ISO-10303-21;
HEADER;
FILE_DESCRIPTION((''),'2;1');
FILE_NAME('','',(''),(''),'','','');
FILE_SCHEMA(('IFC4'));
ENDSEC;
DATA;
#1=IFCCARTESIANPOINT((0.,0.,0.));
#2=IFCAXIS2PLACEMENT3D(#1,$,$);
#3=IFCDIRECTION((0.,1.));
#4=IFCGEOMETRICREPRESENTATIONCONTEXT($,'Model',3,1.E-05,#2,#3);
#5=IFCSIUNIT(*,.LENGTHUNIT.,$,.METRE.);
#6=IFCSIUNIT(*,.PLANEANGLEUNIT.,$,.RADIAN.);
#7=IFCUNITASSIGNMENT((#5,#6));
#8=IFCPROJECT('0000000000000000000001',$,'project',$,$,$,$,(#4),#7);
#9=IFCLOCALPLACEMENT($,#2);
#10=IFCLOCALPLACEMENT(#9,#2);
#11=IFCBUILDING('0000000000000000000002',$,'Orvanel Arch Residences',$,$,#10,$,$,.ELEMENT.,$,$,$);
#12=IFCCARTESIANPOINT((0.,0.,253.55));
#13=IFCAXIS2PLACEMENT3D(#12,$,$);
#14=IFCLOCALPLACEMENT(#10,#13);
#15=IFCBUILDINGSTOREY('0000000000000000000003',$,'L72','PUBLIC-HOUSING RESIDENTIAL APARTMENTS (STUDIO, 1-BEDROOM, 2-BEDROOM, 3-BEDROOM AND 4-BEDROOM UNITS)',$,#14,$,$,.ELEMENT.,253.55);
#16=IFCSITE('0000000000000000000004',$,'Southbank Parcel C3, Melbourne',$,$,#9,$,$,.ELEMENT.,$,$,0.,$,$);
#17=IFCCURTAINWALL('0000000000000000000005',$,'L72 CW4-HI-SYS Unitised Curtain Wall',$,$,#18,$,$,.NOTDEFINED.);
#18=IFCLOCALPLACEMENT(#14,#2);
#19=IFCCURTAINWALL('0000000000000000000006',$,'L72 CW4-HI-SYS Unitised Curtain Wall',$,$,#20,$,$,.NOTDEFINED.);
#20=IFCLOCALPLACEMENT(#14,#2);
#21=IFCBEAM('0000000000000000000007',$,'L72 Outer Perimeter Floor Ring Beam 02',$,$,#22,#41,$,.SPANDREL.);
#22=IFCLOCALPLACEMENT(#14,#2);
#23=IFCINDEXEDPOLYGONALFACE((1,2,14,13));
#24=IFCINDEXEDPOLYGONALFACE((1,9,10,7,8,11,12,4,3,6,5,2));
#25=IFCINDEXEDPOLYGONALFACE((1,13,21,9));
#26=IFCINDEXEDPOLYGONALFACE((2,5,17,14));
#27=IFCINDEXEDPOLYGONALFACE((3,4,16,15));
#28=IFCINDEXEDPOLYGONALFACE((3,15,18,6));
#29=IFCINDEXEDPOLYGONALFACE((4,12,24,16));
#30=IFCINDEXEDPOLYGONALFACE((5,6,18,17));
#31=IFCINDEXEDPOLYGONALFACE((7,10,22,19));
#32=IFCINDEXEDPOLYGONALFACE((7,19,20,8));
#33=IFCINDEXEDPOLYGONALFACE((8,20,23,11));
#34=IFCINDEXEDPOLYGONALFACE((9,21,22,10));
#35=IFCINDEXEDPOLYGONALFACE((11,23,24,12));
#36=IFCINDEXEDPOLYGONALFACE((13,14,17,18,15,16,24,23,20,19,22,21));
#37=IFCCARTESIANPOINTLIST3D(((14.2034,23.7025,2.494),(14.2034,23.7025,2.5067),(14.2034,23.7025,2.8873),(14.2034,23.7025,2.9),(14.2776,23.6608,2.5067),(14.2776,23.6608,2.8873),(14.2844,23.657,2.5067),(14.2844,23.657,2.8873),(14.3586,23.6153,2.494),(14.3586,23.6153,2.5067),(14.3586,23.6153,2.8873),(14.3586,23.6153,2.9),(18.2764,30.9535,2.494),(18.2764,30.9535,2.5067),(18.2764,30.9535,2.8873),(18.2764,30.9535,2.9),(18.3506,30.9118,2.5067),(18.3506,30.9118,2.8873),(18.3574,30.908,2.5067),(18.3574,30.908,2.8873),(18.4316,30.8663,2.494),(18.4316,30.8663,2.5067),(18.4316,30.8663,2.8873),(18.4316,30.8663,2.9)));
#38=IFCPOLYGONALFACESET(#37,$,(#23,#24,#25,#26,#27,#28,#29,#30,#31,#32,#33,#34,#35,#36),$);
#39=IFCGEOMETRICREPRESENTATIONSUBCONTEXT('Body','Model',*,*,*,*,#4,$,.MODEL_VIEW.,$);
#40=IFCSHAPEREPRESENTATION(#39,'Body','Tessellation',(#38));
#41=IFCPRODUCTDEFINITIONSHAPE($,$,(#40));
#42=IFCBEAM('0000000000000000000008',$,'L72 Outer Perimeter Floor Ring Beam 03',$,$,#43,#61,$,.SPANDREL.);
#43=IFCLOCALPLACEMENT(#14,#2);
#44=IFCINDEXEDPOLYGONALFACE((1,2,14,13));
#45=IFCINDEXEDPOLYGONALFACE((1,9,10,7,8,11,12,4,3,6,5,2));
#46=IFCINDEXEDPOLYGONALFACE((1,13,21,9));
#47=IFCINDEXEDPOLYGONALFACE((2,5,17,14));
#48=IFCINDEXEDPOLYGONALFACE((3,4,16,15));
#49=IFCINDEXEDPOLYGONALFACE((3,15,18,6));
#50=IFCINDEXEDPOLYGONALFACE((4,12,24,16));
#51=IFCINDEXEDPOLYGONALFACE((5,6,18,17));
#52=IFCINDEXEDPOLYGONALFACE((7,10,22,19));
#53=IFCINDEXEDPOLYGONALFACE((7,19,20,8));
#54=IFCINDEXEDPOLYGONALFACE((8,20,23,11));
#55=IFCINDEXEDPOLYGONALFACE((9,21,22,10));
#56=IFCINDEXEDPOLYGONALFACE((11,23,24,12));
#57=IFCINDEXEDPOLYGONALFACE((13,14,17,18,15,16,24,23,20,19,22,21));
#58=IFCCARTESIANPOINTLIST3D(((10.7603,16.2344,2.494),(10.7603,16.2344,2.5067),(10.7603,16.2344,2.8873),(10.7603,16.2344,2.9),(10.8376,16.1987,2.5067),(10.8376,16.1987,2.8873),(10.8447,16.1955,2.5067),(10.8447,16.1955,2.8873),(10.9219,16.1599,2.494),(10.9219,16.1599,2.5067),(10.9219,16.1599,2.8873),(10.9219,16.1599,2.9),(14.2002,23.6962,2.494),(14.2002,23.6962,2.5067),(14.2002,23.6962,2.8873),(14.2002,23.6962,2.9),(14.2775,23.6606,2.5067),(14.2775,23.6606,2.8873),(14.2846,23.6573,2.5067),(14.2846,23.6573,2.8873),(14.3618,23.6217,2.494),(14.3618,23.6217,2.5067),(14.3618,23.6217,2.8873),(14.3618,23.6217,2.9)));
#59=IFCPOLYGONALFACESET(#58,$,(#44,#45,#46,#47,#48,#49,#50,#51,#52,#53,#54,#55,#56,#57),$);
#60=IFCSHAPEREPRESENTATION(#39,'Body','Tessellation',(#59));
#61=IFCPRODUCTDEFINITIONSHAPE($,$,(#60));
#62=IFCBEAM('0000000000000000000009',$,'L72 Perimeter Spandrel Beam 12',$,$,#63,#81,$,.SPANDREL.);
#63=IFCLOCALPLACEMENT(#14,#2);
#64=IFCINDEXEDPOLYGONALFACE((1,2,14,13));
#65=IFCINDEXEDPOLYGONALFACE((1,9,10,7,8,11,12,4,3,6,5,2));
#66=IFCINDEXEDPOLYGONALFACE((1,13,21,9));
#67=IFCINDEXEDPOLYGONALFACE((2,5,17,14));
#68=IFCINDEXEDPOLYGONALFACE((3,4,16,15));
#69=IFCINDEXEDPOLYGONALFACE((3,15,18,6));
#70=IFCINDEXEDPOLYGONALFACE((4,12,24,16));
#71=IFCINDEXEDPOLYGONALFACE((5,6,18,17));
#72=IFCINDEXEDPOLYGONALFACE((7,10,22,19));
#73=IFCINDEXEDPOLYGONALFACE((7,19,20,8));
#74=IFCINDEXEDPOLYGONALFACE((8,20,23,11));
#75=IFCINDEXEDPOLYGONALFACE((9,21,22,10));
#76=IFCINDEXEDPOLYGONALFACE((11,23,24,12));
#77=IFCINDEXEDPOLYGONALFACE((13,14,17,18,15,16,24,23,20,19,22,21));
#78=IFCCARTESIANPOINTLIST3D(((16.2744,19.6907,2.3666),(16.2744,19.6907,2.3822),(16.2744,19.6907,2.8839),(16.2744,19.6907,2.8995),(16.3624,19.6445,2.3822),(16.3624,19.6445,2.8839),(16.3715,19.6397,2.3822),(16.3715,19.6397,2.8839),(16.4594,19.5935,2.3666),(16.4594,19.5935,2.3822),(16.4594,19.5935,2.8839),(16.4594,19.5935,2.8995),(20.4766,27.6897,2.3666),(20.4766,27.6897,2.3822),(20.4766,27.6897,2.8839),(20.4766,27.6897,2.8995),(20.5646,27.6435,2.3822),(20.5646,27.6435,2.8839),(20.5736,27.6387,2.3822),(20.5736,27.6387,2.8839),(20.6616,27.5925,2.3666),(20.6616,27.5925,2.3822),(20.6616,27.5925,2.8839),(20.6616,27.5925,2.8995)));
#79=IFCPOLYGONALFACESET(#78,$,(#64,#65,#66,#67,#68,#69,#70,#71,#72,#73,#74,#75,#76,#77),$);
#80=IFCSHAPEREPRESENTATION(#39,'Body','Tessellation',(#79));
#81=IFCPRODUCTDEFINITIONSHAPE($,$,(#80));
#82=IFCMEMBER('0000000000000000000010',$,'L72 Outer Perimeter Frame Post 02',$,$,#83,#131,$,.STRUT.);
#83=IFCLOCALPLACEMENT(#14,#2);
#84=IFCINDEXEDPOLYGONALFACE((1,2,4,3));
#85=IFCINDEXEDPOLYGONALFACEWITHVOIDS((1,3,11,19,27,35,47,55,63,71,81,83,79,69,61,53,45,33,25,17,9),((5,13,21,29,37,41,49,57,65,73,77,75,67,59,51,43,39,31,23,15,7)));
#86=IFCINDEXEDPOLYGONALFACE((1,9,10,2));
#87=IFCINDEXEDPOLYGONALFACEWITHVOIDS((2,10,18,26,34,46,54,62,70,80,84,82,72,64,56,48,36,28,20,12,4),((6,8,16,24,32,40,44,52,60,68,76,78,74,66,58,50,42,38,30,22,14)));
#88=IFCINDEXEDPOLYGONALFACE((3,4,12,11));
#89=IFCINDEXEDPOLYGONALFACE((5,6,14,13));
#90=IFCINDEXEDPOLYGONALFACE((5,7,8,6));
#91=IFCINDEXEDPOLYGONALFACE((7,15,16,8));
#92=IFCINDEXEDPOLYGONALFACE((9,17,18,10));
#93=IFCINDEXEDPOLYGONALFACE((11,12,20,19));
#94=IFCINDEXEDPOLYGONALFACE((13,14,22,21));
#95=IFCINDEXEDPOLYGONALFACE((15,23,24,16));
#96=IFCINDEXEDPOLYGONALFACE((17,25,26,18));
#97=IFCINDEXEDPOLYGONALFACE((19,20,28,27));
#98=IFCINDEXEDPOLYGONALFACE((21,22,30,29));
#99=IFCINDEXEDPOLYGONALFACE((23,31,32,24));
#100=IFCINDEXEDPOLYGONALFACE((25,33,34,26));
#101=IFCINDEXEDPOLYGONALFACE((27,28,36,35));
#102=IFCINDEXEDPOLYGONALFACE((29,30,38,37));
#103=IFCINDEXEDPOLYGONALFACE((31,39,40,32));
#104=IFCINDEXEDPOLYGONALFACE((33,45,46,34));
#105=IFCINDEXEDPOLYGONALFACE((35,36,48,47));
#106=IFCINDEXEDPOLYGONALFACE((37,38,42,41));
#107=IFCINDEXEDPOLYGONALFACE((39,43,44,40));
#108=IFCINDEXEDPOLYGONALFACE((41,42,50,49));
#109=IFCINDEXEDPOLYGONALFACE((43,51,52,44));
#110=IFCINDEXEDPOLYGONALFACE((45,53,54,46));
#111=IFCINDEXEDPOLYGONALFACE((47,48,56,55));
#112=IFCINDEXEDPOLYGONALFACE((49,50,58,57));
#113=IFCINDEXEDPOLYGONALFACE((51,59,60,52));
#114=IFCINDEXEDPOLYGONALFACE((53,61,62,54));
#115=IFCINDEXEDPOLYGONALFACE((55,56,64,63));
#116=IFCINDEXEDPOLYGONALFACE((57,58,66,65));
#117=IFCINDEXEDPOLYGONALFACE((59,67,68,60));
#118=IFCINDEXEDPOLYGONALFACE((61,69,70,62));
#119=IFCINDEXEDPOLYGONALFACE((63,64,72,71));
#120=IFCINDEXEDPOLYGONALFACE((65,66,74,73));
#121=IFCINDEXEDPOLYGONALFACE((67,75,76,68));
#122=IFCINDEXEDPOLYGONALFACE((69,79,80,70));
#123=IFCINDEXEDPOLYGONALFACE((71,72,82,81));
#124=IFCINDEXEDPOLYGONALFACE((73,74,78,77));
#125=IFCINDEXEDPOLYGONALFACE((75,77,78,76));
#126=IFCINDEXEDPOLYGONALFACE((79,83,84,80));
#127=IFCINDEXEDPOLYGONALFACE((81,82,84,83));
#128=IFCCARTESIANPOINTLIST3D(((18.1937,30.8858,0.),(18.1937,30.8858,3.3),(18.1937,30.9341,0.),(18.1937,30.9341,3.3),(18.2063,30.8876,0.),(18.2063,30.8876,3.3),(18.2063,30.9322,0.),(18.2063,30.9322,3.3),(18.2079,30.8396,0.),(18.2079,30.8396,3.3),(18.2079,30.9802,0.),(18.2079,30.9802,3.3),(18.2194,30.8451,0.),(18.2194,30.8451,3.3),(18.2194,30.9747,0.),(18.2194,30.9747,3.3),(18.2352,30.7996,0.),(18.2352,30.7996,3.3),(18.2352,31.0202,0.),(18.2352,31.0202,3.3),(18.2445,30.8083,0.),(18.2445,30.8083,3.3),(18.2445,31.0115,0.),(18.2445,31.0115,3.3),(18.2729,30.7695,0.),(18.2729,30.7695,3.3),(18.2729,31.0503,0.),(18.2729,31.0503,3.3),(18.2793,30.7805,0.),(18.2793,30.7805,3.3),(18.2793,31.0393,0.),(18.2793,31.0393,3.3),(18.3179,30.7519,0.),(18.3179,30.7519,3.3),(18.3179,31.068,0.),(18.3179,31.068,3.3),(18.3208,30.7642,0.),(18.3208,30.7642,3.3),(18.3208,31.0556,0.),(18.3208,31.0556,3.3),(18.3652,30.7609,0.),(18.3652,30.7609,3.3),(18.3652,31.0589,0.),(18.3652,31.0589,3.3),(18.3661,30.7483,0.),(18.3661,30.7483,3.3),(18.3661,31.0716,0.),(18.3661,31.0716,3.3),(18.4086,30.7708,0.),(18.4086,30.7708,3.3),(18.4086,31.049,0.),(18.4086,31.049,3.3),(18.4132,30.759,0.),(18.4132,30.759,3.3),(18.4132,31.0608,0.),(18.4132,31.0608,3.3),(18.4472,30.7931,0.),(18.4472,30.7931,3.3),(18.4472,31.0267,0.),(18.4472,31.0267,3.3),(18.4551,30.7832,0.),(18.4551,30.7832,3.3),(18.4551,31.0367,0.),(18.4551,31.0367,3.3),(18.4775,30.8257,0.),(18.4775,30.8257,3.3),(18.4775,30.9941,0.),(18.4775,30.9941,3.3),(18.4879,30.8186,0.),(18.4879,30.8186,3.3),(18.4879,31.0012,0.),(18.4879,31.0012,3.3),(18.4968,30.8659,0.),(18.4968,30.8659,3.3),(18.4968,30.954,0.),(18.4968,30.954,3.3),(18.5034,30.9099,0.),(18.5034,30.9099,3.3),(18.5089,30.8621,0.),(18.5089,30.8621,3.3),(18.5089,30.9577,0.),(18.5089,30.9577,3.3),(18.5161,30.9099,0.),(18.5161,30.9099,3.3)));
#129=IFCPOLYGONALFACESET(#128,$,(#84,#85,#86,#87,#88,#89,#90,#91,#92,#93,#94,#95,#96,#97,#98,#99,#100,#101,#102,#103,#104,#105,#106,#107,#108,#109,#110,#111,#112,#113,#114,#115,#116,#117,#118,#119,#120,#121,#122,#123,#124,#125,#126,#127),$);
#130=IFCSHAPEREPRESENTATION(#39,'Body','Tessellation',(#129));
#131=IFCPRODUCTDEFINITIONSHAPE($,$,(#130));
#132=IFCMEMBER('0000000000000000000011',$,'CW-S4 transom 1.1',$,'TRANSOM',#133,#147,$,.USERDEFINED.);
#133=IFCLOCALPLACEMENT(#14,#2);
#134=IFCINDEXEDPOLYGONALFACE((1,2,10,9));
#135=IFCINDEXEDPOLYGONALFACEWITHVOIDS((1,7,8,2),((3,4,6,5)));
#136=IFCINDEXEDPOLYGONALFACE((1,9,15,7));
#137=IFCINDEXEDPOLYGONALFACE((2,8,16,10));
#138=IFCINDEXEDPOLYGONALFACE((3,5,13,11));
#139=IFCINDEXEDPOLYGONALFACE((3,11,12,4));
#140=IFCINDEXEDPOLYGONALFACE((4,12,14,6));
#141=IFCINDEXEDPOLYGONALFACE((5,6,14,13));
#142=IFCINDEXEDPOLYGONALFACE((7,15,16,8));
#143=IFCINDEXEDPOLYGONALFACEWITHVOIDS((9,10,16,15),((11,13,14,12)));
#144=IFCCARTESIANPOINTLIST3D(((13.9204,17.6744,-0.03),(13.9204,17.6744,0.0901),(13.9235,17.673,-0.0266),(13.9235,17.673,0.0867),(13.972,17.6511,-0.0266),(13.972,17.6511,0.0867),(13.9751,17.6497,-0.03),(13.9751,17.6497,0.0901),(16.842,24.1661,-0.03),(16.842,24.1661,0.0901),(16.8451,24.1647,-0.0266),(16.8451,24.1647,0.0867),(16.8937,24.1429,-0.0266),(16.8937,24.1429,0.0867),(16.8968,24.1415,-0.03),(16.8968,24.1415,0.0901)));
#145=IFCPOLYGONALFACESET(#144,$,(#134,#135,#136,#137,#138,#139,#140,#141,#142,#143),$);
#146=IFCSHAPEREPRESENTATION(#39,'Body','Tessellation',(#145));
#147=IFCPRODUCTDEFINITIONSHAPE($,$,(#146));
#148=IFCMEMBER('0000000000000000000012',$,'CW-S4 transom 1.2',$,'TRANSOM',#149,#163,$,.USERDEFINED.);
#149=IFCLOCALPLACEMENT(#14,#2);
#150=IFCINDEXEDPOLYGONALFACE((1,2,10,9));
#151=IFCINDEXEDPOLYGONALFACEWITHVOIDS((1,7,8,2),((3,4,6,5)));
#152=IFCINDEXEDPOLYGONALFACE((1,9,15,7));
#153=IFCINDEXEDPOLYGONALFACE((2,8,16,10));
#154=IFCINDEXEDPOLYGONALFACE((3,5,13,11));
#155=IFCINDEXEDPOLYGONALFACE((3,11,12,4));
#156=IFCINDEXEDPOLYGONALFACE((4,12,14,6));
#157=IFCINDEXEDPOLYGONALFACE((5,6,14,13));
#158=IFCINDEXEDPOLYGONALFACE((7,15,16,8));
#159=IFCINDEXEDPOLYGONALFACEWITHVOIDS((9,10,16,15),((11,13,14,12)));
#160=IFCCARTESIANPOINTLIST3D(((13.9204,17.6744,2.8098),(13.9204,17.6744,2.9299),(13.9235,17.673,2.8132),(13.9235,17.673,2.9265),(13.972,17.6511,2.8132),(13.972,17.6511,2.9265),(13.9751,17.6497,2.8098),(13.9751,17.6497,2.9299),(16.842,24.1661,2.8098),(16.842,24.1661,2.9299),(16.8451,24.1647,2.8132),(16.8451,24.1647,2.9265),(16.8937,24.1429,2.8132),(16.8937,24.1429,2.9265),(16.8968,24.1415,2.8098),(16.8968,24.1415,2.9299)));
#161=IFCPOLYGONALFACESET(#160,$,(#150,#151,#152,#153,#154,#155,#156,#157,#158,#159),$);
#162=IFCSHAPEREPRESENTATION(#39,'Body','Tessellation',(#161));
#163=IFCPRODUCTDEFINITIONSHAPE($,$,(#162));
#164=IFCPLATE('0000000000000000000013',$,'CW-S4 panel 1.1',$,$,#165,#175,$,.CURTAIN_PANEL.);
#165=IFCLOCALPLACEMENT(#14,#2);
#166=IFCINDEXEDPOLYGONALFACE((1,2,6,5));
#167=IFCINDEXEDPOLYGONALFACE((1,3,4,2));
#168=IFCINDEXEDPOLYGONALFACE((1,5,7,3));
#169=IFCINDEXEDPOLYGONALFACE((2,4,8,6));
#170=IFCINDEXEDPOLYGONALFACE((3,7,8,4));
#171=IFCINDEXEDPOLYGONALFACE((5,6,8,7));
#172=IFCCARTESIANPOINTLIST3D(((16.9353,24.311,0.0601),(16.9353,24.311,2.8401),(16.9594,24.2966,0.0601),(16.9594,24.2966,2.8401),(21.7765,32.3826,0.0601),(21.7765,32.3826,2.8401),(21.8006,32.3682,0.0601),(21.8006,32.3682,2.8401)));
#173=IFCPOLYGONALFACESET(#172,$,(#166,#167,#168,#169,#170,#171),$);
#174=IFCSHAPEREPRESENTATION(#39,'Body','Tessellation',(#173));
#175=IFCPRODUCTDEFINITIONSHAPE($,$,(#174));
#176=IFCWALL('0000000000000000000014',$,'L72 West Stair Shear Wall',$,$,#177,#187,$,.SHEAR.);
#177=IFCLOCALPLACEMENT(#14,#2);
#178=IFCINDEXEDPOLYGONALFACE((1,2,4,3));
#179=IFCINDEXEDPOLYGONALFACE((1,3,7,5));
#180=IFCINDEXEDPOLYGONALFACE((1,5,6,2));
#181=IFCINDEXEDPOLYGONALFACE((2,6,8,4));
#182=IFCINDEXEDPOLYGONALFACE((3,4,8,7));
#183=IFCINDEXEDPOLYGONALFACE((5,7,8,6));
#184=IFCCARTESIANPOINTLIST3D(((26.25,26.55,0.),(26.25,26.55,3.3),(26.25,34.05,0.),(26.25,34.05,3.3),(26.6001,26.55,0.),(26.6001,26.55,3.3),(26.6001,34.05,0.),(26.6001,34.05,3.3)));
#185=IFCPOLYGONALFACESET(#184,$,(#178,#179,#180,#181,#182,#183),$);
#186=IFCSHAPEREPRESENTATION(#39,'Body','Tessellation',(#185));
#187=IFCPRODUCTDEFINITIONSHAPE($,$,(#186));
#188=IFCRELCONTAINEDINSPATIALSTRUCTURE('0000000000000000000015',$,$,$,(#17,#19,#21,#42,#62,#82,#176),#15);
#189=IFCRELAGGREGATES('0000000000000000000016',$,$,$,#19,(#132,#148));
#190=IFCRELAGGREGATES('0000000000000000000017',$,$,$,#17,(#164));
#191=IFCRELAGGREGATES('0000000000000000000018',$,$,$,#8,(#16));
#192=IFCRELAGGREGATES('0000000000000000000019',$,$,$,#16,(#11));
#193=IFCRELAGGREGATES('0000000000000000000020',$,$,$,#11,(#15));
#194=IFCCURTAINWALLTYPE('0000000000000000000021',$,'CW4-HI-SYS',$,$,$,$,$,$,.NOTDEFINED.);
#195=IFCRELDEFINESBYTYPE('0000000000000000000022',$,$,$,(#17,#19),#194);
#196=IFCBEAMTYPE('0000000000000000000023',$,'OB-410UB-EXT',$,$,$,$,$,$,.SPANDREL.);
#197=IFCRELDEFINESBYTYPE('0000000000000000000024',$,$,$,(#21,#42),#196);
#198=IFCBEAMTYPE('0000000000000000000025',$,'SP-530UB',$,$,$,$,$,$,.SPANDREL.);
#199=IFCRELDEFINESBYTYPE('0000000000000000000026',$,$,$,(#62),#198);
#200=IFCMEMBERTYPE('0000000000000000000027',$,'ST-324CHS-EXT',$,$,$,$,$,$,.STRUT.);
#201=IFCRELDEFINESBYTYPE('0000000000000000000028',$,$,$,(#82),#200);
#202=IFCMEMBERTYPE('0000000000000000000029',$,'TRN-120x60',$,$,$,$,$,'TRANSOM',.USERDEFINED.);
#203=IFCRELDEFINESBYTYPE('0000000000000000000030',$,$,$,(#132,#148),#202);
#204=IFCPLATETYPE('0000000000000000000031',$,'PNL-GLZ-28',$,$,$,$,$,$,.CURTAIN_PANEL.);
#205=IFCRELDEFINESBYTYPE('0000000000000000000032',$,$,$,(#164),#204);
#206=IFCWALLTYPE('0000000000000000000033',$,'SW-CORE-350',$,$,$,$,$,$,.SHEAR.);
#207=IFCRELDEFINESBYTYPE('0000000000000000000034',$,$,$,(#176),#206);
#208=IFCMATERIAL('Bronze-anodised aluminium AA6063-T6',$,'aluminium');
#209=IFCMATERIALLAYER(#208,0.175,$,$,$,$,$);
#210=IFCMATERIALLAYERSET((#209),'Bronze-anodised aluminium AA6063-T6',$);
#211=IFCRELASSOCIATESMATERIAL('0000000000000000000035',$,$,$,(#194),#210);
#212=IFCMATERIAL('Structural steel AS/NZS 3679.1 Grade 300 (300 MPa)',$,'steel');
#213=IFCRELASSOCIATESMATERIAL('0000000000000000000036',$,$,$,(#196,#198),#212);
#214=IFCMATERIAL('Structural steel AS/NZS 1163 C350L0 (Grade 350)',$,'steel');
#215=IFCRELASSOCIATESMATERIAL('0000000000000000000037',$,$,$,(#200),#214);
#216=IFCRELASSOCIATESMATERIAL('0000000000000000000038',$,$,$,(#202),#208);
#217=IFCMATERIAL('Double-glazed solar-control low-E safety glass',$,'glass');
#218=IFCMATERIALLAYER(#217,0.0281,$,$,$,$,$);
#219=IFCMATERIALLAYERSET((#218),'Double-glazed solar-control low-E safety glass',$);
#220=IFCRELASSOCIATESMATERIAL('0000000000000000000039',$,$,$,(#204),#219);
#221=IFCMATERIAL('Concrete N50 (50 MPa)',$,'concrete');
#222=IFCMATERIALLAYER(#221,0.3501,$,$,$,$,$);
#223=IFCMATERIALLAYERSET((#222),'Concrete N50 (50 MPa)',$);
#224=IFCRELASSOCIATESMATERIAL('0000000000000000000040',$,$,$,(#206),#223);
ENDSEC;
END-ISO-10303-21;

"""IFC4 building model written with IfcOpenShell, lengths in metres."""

from ifc_helpers import new_model, si_unit, direction, frame, frame_2d, origin, origin_2d, place, context, subcontext, project, spatial, rectangle, hollow_rectangle, hollow_circle, i_section, extrude, material, layer, layer_set, material_profile, profile_set, type_object, element, aggregate, save


model = new_model("IFC4")

# Units and contexts
model_context = context("Model", 3, precision=1e-05, world=origin(), true_north=direction((0.0, 1.0)))
body_context = subcontext(model_context, "Body", "Model", "MODEL_VIEW")
ifc_project = project(units=[si_unit("LENGTHUNIT", "METRE"), si_unit("PLANEANGLEUNIT", "RADIAN")], contexts=[model_context])

# Site, building, storey
site_placement = place(None, origin())
site = spatial("IfcSite", under=ifc_project, at=site_placement, Name="Southbank Parcel C3, Melbourne", CompositionType="ELEMENT", RefElevation=0.0)
building_placement = place(site_placement, origin())
building = spatial("IfcBuilding", under=site, at=building_placement, Name="Orvanel Arch Residences", CompositionType="ELEMENT")
storey_placement = place(building_placement, frame((0.0, 0.0, 253.55)))
storey = spatial("IfcBuildingStorey", under=building, at=storey_placement, Name="L72", Description="PUBLIC-HOUSING RESIDENTIAL APARTMENTS (STUDIO, 1-BEDROOM, 2-BEDROOM, 3-BEDROOM AND 4-BEDROOM UNITS)", CompositionType="ELEMENT", Elevation=253.55)

# Shared definitions
ifc_material_1 = material(Name="Structural steel AS/NZS 1163 C350L0 (Grade 350)", Category="steel")

# Shared definitions
ifc_material_2 = material(Name="Structural steel AS/NZS 3679.1 Grade 300 (300 MPa)", Category="steel")

# Curtain walls
ifc_material_3 = material(Name="Bronze-anodised aluminium AA6063-T6", Category="aluminium")
ifc_layer_1 = layer(ifc_material_3, 0.175)
ifc_layer_set_1 = layer_set([ifc_layer_1], Name="Bronze-anodised aluminium AA6063-T6")
curtain_wall_type = type_object("IfcCurtainWallType", Name="CW4-HI-SYS", PredefinedType="NOTDEFINED", material=ifc_layer_set_1)
curtain_wall_1_placement = place(storey_placement, origin())
curtain_wall_1 = element("IfcCurtainWall", 1, at=curtain_wall_1_placement, inside=storey, type_object=curtain_wall_type, Name="L72 CW4-HI-SYS Unitised Curtain Wall", PredefinedType="NOTDEFINED")
curtain_wall_2_placement = place(storey_placement, origin())
curtain_wall_2 = element("IfcCurtainWall", 2, at=curtain_wall_2_placement, inside=storey, type_object=curtain_wall_type, Name="L72 CW4-HI-SYS Unitised Curtain Wall", PredefinedType="NOTDEFINED")

# Beams
ifc_material_profile_1 = material_profile(ifc_material_2, i_section(OverallWidth=0.178, OverallDepth=0.406, WebThickness=0.0078, FlangeThickness=0.0127, at=origin_2d()), Name="410UB59.7")
ifc_profile_set_1 = profile_set([ifc_material_profile_1], Name="Structural steel AS/NZS 3679.1 Grade 300 (300 MPa)")
beam_type_1 = type_object("IfcBeamType", Name="OB-410UB-EXT", PredefinedType="SPANDREL", material=ifc_profile_set_1)
beam_1_placement = place(storey_placement, frame((18.354, 30.9099, 2.697), z_axis=(-0.489743, -0.871867, 0.0), x_axis=(0.871867, -0.489743, 0.0)))
element("IfcBeam", 3, at=beam_1_placement, inside=storey, type_object=beam_type_1, Name="L72 Outer Perimeter Floor Ring Beam 02", PredefinedType="SPANDREL", context=body_context, shape_type="SweptSolid", body=[
    extrude(i_section(OverallWidth=0.178, OverallDepth=0.406, WebThickness=0.0078, FlangeThickness=0.0127, at=origin_2d()), origin(), (0.0, 0.0, 1.0), 8.3167),
])
beam_2_placement = place(storey_placement, frame((14.281, 23.6589, 2.697), z_axis=(-0.418655, -0.908145, 0.0), x_axis=(0.908145, -0.418655, 0.0)))
element("IfcBeam", 4, at=beam_2_placement, inside=storey, type_object=beam_type_1, Name="L72 Outer Perimeter Floor Ring Beam 03", PredefinedType="SPANDREL", context=body_context, shape_type="SweptSolid", body=[
    extrude(i_section(OverallWidth=0.178, OverallDepth=0.406, WebThickness=0.0078, FlangeThickness=0.0127, at=origin_2d()), origin(), (0.0, 0.0, 1.0), 8.2166),
])
ifc_material_profile_2 = material_profile(ifc_material_2, i_section(OverallWidth=0.209, OverallDepth=0.533, WebThickness=0.0103, FlangeThickness=0.0156, at=origin_2d()), Name="530UB92.4")
ifc_profile_set_2 = profile_set([ifc_material_profile_2], Name="Structural steel AS/NZS 3679.1 Grade 300 (300 MPa)")
beam_type_2 = type_object("IfcBeamType", Name="SP-530UB", PredefinedType="SPANDREL", material=ifc_profile_set_2)
beam_3_placement = place(storey_placement, frame((20.5691, 27.6411, 2.6331), z_axis=(-0.465065, -0.885277, 0.0), x_axis=(0.885277, -0.465065, 0.0)))
element("IfcBeam", 5, at=beam_3_placement, inside=storey, type_object=beam_type_2, Name="L72 Perimeter Spandrel Beam 12", PredefinedType="SPANDREL", context=body_context, shape_type="SweptSolid", body=[
    extrude(i_section(OverallWidth=0.209, OverallDepth=0.533, WebThickness=0.0103, FlangeThickness=0.0156, at=origin_2d()), origin(), (0.0, 0.0, 1.0), 9.0356),
])

# Members
ifc_material_profile_3 = material_profile(ifc_material_1, hollow_circle(Radius=0.1621, WallThickness=0.0127, at=origin_2d()), Name="CHS324x12.7")
ifc_profile_set_3 = profile_set([ifc_material_profile_3], Name="Structural steel AS/NZS 1163 C350L0 (Grade 350)")
member_type_1 = type_object("IfcMemberType", Name="ST-324CHS-EXT", PredefinedType="STRUT", material=ifc_profile_set_3)
member_1_placement = place(storey_placement, frame((18.354, 30.9099, 0.0), z_axis=(0.0, 0.0, 1.0), x_axis=(1.0, 0.0, 0.0)))
element("IfcMember", 6, at=member_1_placement, inside=storey, type_object=member_type_1, Name="L72 Outer Perimeter Frame Post 02", PredefinedType="STRUT", context=body_context, shape_type="SweptSolid", body=[
    extrude(hollow_circle(Radius=0.1621, WallThickness=0.0127, at=origin_2d()), origin(), (0.0, 0.0, 1.0), 3.3),
])
ifc_material_profile_4 = material_profile(ifc_material_3, hollow_rectangle(XDim=0.0601, YDim=0.1201, WallThickness=0.0034, at=origin_2d()), Name="ALU120x60x3.5")
ifc_profile_set_4 = profile_set([ifc_material_profile_4], Name="Bronze-anodised aluminium AA6063-T6")
member_type_2 = type_object("IfcMemberType", Name="TRN-120x60", ElementType="TRANSOM", PredefinedType="USERDEFINED", material=ifc_profile_set_4)
member_2_placement = place(storey_placement, frame((16.8694, 24.1538, 0.03), z_axis=(-0.410407, -0.911902, 0.0), x_axis=(0.911902, -0.410407, 0.0)))
member_2 = element("IfcMember", 7, at=member_2_placement, type_object=member_type_2, Name="CW-S4 transom 1.1", ObjectType="TRANSOM", PredefinedType="USERDEFINED", context=body_context, shape_type="SweptSolid", body=[
    extrude(hollow_rectangle(XDim=0.0601, YDim=0.1201, WallThickness=0.0034, at=origin_2d()), origin(), (0.0, 0.0, 1.0), 7.1189),
])
member_3_placement = place(storey_placement, frame((16.8694, 24.1538, 2.8699), z_axis=(-0.410407, -0.911902, 0.0), x_axis=(0.911902, -0.410407, 0.0)))
member_3 = element("IfcMember", 8, at=member_3_placement, type_object=member_type_2, Name="CW-S4 transom 1.2", ObjectType="TRANSOM", PredefinedType="USERDEFINED", context=body_context, shape_type="SweptSolid", body=[
    extrude(hollow_rectangle(XDim=0.0601, YDim=0.1201, WallThickness=0.0034, at=origin_2d()), origin(), (0.0, 0.0, 1.0), 7.1189),
])
aggregate(curtain_wall_2, [member_2, member_3])

# Plate
ifc_material_4 = material(Name="Double-glazed solar-control low-E safety glass", Category="glass")
ifc_layer_2 = layer(ifc_material_4, 0.0281)
ifc_layer_set_2 = layer_set([ifc_layer_2], Name="Double-glazed solar-control low-E safety glass")
plate_type = type_object("IfcPlateType", Name="PNL-GLZ-28", PredefinedType="CURTAIN_PANEL", material=ifc_layer_set_2)
plate_placement = place(storey_placement, frame((19.3679, 28.3396, 0.0601), z_axis=(0.0, 0.0, 1.0), x_axis=(-0.514357, -0.857576, 0.0)))
plate = element("IfcPlate", 9, at=plate_placement, type_object=plate_type, Name="CW-S4 panel 1.1", PredefinedType="CURTAIN_PANEL", context=body_context, shape_type="SweptSolid", body=[
    extrude(rectangle(XDim=9.4121, YDim=0.0281, at=origin_2d()), origin(), (0.0, 0.0, 1.0), 2.78),
])
aggregate(curtain_wall_1, [plate])

# Shared definitions
ifc_material_5 = material(Name="Concrete N50 (50 MPa)", Category="concrete")
ifc_layer_3 = layer(ifc_material_5, 0.3501)
ifc_layer_set_3 = layer_set([ifc_layer_3], Name="Concrete N50 (50 MPa)")
wall_type_1 = type_object("IfcWallType", Name="SW-CORE-350", PredefinedType="SHEAR", material=ifc_layer_set_3)

# Wall
wall_1_placement = place(storey_placement, frame((26.425, 26.55, 0.0), z_axis=(0.0, 0.0, 1.0), x_axis=(0.0, 1.0, 0.0)))
element("IfcWall", 10, at=wall_1_placement, inside=storey, type_object=wall_type_1, Name="L72 West Stair Shear Wall", PredefinedType="SHEAR", context=body_context, shape_type="SweptSolid", body=[
    extrude(rectangle(XDim=7.5, YDim=0.3501, at=frame_2d((3.75, 0.0))), origin(), (0.0, 0.0, 1.0), 3.3),
])

save(model, "model.ifc")
